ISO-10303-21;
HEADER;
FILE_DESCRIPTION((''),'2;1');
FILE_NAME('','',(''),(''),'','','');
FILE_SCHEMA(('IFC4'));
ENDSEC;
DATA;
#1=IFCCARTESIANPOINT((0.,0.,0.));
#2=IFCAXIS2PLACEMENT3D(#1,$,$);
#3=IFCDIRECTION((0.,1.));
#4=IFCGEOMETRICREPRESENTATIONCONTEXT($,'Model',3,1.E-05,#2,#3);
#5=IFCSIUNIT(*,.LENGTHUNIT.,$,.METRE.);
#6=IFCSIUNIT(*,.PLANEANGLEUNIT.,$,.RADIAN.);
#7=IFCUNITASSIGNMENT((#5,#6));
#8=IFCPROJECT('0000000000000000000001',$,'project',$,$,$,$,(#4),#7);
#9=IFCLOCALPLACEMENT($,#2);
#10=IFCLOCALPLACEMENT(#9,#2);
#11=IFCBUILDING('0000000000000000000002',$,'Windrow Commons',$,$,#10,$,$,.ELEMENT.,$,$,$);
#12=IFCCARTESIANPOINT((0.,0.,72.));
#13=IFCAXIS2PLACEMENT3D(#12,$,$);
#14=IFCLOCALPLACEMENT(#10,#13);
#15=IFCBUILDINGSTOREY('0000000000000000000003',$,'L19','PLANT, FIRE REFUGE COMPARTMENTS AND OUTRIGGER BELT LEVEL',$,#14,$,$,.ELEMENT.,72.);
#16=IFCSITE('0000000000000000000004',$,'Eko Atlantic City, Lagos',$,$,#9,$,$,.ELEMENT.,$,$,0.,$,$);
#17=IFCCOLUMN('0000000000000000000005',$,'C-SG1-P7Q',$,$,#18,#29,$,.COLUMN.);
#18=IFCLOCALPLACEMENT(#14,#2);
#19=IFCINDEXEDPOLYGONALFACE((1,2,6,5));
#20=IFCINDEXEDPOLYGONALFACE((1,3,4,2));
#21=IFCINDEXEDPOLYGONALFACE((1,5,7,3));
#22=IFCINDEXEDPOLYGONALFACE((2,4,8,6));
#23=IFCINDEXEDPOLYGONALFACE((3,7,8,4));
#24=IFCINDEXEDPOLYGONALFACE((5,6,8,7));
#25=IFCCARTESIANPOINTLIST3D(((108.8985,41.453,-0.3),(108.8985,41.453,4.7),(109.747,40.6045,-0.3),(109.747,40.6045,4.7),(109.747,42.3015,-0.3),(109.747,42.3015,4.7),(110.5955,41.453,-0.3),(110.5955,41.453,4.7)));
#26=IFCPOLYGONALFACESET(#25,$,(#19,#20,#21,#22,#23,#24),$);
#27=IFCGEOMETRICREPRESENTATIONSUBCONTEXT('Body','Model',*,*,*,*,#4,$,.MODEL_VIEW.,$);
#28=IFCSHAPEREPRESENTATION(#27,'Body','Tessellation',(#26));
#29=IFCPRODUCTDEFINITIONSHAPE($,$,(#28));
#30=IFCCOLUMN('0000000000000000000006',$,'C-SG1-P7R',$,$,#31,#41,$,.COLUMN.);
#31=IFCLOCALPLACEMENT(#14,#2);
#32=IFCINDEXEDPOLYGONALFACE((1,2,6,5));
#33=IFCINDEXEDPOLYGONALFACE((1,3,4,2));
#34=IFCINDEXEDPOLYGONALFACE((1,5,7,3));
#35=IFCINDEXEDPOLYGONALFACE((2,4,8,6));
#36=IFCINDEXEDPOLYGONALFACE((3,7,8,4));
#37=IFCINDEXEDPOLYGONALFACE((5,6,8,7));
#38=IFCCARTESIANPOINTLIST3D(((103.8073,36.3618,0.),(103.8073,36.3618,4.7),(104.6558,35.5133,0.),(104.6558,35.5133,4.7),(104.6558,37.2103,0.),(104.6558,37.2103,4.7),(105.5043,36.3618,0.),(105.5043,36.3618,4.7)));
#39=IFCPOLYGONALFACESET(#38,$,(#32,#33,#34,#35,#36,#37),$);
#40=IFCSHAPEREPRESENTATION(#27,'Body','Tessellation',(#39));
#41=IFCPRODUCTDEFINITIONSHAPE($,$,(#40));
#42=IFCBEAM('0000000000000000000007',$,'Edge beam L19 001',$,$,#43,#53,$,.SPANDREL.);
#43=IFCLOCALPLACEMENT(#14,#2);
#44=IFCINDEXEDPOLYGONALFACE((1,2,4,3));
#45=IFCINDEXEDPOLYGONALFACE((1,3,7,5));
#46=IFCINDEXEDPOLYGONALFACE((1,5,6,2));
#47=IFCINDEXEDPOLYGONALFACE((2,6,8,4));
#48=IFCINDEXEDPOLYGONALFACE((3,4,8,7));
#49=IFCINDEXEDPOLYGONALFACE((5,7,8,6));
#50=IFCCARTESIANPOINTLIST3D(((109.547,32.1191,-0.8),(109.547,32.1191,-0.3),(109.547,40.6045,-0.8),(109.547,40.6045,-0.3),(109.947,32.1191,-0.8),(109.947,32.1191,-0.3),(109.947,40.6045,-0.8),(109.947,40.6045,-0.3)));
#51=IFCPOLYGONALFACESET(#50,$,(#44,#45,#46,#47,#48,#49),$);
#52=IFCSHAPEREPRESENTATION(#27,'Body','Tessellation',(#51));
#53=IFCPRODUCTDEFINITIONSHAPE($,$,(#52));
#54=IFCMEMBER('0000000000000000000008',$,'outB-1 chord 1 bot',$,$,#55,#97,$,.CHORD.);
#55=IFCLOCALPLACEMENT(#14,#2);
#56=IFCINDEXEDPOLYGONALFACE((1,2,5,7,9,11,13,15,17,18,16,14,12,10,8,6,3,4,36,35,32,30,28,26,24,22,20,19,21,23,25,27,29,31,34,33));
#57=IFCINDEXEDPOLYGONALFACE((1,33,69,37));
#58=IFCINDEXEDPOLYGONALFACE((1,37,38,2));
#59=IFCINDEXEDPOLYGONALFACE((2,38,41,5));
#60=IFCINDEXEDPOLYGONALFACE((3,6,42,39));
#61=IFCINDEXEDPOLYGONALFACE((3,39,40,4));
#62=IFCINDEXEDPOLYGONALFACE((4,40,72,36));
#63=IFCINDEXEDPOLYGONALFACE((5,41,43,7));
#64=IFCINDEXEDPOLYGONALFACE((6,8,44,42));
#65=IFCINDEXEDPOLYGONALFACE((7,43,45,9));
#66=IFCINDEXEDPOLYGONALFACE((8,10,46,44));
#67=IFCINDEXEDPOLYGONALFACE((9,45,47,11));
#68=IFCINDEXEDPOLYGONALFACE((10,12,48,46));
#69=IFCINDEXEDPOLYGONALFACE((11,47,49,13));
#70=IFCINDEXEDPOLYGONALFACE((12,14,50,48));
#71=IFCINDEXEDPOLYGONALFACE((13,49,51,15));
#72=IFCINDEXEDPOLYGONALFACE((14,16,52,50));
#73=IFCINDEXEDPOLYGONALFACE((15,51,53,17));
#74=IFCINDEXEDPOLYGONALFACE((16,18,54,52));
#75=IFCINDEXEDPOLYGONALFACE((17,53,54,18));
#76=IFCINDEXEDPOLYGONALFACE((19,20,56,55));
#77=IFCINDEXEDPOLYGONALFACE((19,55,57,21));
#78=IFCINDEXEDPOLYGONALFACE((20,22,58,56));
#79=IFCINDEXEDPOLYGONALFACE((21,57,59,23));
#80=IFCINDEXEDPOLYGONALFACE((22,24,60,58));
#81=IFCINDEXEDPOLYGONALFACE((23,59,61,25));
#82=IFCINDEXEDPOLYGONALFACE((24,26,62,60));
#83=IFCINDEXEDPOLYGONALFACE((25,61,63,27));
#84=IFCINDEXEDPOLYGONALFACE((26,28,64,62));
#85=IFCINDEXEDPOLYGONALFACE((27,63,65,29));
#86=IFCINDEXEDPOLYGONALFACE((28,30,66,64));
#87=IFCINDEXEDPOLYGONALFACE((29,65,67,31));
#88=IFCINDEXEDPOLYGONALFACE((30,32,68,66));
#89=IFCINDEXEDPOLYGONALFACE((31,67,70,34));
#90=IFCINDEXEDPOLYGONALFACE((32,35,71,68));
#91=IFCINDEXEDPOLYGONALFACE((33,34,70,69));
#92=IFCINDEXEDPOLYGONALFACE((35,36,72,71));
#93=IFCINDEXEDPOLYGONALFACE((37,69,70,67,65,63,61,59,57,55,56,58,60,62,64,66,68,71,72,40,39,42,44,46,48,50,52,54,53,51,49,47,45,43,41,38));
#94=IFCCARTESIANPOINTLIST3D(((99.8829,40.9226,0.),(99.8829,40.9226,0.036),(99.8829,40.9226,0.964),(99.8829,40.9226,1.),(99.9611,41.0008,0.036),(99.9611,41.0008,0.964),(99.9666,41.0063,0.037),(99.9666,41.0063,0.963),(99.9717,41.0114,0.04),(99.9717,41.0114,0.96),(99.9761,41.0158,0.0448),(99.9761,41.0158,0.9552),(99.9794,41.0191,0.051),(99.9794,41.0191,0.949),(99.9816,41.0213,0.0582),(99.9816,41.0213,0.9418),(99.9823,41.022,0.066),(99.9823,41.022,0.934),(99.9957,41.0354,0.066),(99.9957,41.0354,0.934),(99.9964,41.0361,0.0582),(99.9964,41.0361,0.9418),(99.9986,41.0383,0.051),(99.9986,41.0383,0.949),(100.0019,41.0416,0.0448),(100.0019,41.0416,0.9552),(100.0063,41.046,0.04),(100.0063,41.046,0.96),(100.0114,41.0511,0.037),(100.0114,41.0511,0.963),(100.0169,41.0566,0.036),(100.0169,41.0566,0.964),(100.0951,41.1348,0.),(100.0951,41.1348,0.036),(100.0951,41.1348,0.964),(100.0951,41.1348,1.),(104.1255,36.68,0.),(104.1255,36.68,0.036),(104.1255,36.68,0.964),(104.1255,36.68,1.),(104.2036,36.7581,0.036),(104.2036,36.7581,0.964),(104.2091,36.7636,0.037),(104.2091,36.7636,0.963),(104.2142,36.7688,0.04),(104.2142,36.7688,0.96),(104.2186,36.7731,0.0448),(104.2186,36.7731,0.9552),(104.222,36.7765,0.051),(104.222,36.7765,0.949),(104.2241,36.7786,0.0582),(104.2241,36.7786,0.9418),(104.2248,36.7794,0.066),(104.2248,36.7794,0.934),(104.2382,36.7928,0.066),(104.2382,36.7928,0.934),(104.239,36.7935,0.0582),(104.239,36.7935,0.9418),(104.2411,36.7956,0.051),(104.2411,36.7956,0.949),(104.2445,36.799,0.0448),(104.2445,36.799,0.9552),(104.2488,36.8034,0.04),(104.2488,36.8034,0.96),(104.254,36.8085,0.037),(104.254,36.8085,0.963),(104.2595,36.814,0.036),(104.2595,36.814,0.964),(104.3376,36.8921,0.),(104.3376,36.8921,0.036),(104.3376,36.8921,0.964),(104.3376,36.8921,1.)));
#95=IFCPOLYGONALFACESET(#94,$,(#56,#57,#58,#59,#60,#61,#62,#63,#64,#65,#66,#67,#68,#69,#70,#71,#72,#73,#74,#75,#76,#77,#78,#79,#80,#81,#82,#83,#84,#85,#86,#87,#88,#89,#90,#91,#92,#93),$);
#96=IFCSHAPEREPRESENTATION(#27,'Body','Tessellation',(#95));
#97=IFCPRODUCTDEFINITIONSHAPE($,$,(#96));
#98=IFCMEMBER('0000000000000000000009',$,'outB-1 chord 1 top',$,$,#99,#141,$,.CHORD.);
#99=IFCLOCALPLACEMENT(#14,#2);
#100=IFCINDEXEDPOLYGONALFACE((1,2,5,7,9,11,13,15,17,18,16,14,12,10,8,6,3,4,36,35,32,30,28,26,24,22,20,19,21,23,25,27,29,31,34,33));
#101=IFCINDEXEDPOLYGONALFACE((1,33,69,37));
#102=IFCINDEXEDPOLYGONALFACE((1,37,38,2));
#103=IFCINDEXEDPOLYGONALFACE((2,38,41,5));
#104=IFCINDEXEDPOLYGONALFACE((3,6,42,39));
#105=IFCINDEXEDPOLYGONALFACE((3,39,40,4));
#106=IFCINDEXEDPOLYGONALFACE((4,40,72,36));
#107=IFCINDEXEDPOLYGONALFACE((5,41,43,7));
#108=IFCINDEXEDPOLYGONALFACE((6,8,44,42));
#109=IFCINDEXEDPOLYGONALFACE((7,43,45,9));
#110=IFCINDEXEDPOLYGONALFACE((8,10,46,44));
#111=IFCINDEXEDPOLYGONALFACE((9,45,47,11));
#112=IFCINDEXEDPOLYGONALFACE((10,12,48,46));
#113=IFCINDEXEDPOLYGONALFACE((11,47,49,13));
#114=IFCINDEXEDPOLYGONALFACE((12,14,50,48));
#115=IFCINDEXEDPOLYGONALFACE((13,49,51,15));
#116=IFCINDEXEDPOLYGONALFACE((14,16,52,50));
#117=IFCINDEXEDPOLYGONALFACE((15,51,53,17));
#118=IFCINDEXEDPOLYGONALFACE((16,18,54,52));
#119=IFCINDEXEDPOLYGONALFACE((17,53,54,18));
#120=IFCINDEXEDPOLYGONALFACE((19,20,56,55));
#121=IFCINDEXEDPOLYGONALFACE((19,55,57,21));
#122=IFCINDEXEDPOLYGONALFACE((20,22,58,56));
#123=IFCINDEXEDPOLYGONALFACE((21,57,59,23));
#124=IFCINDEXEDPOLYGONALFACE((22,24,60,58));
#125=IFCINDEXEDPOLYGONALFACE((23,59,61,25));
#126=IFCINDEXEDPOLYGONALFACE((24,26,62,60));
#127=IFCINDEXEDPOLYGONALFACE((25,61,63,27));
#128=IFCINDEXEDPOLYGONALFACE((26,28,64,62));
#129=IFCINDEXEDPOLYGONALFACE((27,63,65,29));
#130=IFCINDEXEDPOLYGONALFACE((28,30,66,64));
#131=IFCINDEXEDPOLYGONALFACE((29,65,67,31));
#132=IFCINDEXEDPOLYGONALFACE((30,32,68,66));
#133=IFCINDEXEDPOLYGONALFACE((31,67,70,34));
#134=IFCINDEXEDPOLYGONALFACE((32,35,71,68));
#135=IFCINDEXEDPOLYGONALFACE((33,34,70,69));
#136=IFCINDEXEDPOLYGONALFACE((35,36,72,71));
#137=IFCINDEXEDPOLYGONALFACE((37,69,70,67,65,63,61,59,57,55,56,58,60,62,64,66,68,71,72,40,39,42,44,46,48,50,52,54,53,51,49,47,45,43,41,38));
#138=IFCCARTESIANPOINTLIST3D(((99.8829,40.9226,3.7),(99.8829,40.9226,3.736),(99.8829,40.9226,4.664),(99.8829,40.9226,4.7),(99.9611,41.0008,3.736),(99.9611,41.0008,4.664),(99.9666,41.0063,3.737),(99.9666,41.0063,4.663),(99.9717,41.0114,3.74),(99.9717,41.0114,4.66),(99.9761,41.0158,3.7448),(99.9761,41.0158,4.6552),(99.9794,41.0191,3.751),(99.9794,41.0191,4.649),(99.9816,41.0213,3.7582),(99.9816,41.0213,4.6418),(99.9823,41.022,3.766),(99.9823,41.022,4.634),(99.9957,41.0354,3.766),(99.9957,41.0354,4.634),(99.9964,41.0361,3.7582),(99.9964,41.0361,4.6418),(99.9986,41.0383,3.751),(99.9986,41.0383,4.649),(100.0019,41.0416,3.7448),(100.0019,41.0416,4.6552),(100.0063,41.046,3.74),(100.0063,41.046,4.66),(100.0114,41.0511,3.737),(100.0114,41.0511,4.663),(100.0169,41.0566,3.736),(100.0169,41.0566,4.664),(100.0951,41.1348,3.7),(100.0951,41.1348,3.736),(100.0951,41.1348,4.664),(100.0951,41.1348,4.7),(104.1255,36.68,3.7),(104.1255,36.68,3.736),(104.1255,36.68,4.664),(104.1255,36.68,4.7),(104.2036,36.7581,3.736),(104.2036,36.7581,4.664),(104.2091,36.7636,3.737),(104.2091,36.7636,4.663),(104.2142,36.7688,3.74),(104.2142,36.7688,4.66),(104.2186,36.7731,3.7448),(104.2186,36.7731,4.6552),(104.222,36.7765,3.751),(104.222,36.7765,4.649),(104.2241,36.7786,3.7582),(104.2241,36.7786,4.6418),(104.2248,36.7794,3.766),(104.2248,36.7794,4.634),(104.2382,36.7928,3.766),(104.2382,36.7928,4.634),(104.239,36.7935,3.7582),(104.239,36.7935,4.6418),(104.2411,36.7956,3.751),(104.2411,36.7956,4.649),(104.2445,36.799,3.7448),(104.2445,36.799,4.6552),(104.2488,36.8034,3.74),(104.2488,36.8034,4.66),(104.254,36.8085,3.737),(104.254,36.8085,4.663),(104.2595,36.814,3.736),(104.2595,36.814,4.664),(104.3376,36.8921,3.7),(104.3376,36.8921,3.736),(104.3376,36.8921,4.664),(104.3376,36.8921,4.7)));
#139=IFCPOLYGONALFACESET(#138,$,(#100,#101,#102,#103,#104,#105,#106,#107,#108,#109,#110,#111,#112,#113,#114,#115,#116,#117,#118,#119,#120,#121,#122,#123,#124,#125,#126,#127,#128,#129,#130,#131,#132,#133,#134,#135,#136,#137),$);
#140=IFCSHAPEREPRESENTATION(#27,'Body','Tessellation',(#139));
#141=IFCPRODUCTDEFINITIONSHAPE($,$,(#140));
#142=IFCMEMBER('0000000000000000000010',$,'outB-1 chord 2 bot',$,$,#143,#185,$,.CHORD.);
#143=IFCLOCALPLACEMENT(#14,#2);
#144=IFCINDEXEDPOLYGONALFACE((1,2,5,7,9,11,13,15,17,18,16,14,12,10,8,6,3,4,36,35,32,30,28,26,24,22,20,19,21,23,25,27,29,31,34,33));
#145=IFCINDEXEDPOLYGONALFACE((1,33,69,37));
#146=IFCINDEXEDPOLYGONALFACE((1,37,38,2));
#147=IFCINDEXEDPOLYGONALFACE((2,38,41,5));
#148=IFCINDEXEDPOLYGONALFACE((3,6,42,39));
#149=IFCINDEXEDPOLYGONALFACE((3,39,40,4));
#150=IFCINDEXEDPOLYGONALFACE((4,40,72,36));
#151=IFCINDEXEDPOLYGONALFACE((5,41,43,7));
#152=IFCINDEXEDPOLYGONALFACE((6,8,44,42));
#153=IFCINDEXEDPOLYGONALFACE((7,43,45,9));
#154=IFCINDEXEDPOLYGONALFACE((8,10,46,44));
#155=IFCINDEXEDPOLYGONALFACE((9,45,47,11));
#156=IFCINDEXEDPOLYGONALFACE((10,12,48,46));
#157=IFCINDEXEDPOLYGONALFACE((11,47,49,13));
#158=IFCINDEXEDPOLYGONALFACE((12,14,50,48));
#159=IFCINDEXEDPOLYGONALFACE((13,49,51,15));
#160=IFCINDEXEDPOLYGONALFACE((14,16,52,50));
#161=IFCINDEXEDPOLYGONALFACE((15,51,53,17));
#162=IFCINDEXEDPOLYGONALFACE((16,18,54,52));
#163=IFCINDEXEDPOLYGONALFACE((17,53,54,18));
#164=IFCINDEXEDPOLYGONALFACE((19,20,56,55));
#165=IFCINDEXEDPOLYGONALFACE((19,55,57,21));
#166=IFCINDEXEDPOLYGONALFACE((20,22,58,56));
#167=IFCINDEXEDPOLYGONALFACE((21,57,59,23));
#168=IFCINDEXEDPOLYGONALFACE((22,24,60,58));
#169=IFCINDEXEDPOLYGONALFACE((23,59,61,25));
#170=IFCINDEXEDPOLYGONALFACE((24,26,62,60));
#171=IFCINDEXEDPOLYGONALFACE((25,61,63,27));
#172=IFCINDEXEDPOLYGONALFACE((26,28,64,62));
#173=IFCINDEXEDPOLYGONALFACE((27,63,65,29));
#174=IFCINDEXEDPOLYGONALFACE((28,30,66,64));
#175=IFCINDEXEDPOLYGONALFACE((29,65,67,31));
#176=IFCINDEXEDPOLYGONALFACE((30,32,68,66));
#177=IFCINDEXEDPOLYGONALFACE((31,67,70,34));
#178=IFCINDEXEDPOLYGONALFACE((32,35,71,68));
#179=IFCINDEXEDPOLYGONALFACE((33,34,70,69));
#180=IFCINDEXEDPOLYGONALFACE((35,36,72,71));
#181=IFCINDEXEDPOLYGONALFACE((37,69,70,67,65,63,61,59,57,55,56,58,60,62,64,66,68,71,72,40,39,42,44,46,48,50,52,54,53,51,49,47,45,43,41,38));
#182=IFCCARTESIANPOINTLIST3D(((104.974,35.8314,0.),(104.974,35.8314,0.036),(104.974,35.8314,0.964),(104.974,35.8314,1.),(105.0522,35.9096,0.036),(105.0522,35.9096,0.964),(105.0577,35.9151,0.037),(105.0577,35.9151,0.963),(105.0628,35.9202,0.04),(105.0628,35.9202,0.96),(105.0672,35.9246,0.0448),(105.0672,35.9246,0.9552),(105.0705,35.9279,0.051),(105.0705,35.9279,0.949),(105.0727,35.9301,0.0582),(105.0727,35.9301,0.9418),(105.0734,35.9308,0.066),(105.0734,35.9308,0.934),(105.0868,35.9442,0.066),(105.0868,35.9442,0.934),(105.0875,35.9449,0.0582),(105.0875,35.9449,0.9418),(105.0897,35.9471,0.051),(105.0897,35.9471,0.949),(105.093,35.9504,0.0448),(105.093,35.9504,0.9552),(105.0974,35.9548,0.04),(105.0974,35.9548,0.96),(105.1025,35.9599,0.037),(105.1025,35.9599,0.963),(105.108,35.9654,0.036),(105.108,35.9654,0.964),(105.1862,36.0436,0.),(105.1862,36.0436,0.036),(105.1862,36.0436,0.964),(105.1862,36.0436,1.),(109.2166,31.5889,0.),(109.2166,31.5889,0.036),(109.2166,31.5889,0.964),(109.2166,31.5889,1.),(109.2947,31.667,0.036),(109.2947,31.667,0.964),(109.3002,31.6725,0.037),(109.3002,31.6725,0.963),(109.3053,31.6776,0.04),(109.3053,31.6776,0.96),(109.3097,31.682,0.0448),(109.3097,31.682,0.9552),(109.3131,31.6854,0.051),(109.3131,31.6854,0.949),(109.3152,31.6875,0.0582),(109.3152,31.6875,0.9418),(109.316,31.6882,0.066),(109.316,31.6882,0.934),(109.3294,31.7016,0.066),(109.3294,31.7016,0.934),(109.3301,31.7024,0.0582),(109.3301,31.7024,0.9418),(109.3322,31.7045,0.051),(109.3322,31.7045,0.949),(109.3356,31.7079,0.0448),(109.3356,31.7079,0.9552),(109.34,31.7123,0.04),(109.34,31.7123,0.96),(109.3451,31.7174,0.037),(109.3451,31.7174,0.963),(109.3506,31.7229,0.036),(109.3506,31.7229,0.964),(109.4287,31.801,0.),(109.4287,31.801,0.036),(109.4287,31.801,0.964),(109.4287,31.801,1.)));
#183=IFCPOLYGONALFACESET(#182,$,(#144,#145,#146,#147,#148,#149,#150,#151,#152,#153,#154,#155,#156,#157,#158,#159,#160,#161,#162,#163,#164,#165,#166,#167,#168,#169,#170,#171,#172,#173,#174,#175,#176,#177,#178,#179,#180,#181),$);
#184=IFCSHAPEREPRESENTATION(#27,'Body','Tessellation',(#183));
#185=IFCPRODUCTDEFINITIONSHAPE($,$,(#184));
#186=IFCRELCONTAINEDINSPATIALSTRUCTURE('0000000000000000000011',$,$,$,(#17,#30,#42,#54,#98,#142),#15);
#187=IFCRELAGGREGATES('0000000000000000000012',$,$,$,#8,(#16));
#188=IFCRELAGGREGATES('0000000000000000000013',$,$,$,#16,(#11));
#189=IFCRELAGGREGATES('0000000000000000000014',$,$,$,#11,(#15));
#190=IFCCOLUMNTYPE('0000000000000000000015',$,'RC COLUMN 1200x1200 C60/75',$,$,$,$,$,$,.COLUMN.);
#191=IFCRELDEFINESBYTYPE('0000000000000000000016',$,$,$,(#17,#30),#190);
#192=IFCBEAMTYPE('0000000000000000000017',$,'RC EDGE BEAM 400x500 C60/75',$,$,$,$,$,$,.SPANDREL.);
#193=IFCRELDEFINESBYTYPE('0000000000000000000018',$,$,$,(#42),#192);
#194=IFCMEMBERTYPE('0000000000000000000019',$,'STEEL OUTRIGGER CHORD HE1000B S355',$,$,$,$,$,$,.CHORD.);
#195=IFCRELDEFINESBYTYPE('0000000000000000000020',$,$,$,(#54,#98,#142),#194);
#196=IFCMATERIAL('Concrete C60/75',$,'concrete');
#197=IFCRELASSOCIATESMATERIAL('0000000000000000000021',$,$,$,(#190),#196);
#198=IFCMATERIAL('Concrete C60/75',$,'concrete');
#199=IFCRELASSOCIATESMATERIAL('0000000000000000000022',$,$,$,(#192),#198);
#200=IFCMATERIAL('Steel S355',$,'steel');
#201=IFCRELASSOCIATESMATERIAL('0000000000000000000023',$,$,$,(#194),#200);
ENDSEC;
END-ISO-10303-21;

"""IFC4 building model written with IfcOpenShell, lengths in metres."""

from ifc_helpers import new_model, si_unit, direction, frame, origin, origin_2d, place, context, subcontext, project, spatial, rectangle, i_section, extrude, material, material_profile, profile_set, type_object, element, save


model = new_model("IFC4")

# Units and contexts
model_context = context("Model", 3, precision=1e-05, world=origin(), true_north=direction((0.0, 1.0)))
body_context = subcontext(model_context, "Body", "Model", "MODEL_VIEW")
ifc_project = project(units=[si_unit("LENGTHUNIT", "METRE"), si_unit("PLANEANGLEUNIT", "RADIAN")], contexts=[model_context])

# Site, building, storey
site_placement = place(None, origin())
site = spatial("IfcSite", under=ifc_project, at=site_placement, Name="Eko Atlantic City, Lagos", CompositionType="ELEMENT", RefElevation=0.0)
building_placement = place(site_placement, origin())
building = spatial("IfcBuilding", under=site, at=building_placement, Name="Windrow Commons", CompositionType="ELEMENT")
storey_placement = place(building_placement, frame((0.0, 0.0, 72.0)))
storey = spatial("IfcBuildingStorey", under=building, at=storey_placement, Name="L19", Description="PLANT, FIRE REFUGE COMPARTMENTS AND OUTRIGGER BELT LEVEL", CompositionType="ELEMENT", Elevation=72.0)

# Columns
ifc_material_1 = material(Name="Concrete C60/75", Category="concrete")
ifc_material_profile_1 = material_profile(ifc_material_1, rectangle(XDim=1.2, YDim=1.2, at=origin_2d()))
ifc_profile_set_1 = profile_set([ifc_material_profile_1], Name="Concrete C60/75")
column_type = type_object("IfcColumnType", Name="RC COLUMN 1200x1200 C60/75", PredefinedType="COLUMN", material=ifc_profile_set_1)
column_1_placement = place(storey_placement, frame((109.747, 41.453, -0.3), z_axis=(0.0, 0.0, 1.0), x_axis=(0.707107, -0.707107, 0.0)))
element("IfcColumn", 1, at=column_1_placement, inside=storey, type_object=column_type, Name="C-SG1-P7Q", PredefinedType="COLUMN", context=body_context, shape_type="SweptSolid", body=[
    extrude(rectangle(XDim=1.2, YDim=1.2, at=origin_2d()), origin(), (0.0, 0.0, 1.0), 5.0),
])
column_2_placement = place(storey_placement, frame((104.6558, 36.3618, 0.0), z_axis=(0.0, 0.0, 1.0), x_axis=(0.707107, -0.707107, 0.0)))
element("IfcColumn", 2, at=column_2_placement, inside=storey, type_object=column_type, Name="C-SG1-P7R", PredefinedType="COLUMN", context=body_context, shape_type="SweptSolid", body=[
    extrude(rectangle(XDim=1.2, YDim=1.2, at=origin_2d()), origin(), (0.0, 0.0, 1.0), 4.7),
])

# Beam
ifc_material_2 = material(Name="Concrete C60/75", Category="concrete")
ifc_material_profile_2 = material_profile(ifc_material_2, rectangle(XDim=0.4, YDim=0.5, at=origin_2d()))
ifc_profile_set_2 = profile_set([ifc_material_profile_2], Name="Concrete C60/75")
beam_type = type_object("IfcBeamType", Name="RC EDGE BEAM 400x500 C60/75", PredefinedType="SPANDREL", material=ifc_profile_set_2)
beam_placement = place(storey_placement, frame((109.747, 40.6045, -0.55), z_axis=(0.0, -1.0, 0.0), x_axis=(1.0, 0.0, 0.0)))
element("IfcBeam", 3, at=beam_placement, inside=storey, type_object=beam_type, Name="Edge beam L19 001", PredefinedType="SPANDREL", context=body_context, shape_type="SweptSolid", body=[
    extrude(rectangle(XDim=0.4, YDim=0.5, at=origin_2d()), origin(), (0.0, 0.0, 1.0), 8.4854),
])

# Members
ifc_material_3 = material(Name="Steel S355", Category="steel")
ifc_material_profile_3 = material_profile(ifc_material_3, i_section(OverallWidth=0.3, OverallDepth=1.0, WebThickness=0.019, FlangeThickness=0.036, FilletRadius=0.03, at=origin_2d()))
ifc_profile_set_3 = profile_set([ifc_material_profile_3], Name="Steel S355")
member_type_1 = type_object("IfcMemberType", Name="STEEL OUTRIGGER CHORD HE1000B S355", PredefinedType="CHORD", material=ifc_profile_set_3)
for number, where, z_axis, x_axis, name in (
    (4, (99.989, 41.0287, 0.5), (0.707098, -0.707115, 0.0), (0.707115, 0.707098, 0.0), "outB-1 chord 1 bot"),
    (5, (99.989, 41.0287, 4.2), (0.707098, -0.707115, 0.0), (0.707115, 0.707098, 0.0), "outB-1 chord 1 top"),
    (6, (105.0801, 35.9375, 0.5), (0.707107, -0.707107, 0.0), (0.707107, 0.707107, 0.0), "outB-1 chord 2 bot"),
):
    element("IfcMember", number, at=place(storey_placement, frame(where, z_axis=z_axis, x_axis=x_axis)), inside=storey, type_object=member_type_1, Name=name, PredefinedType="CHORD", context=body_context, shape_type="SweptSolid", body=[
        extrude(i_section(OverallWidth=0.3, OverallDepth=1.0, WebThickness=0.019, FlangeThickness=0.036, FilletRadius=0.03, at=origin_2d()), origin(), (0.0, 0.0, 1.0), 5.9999),
    ])

save(model, "model.ifc")
